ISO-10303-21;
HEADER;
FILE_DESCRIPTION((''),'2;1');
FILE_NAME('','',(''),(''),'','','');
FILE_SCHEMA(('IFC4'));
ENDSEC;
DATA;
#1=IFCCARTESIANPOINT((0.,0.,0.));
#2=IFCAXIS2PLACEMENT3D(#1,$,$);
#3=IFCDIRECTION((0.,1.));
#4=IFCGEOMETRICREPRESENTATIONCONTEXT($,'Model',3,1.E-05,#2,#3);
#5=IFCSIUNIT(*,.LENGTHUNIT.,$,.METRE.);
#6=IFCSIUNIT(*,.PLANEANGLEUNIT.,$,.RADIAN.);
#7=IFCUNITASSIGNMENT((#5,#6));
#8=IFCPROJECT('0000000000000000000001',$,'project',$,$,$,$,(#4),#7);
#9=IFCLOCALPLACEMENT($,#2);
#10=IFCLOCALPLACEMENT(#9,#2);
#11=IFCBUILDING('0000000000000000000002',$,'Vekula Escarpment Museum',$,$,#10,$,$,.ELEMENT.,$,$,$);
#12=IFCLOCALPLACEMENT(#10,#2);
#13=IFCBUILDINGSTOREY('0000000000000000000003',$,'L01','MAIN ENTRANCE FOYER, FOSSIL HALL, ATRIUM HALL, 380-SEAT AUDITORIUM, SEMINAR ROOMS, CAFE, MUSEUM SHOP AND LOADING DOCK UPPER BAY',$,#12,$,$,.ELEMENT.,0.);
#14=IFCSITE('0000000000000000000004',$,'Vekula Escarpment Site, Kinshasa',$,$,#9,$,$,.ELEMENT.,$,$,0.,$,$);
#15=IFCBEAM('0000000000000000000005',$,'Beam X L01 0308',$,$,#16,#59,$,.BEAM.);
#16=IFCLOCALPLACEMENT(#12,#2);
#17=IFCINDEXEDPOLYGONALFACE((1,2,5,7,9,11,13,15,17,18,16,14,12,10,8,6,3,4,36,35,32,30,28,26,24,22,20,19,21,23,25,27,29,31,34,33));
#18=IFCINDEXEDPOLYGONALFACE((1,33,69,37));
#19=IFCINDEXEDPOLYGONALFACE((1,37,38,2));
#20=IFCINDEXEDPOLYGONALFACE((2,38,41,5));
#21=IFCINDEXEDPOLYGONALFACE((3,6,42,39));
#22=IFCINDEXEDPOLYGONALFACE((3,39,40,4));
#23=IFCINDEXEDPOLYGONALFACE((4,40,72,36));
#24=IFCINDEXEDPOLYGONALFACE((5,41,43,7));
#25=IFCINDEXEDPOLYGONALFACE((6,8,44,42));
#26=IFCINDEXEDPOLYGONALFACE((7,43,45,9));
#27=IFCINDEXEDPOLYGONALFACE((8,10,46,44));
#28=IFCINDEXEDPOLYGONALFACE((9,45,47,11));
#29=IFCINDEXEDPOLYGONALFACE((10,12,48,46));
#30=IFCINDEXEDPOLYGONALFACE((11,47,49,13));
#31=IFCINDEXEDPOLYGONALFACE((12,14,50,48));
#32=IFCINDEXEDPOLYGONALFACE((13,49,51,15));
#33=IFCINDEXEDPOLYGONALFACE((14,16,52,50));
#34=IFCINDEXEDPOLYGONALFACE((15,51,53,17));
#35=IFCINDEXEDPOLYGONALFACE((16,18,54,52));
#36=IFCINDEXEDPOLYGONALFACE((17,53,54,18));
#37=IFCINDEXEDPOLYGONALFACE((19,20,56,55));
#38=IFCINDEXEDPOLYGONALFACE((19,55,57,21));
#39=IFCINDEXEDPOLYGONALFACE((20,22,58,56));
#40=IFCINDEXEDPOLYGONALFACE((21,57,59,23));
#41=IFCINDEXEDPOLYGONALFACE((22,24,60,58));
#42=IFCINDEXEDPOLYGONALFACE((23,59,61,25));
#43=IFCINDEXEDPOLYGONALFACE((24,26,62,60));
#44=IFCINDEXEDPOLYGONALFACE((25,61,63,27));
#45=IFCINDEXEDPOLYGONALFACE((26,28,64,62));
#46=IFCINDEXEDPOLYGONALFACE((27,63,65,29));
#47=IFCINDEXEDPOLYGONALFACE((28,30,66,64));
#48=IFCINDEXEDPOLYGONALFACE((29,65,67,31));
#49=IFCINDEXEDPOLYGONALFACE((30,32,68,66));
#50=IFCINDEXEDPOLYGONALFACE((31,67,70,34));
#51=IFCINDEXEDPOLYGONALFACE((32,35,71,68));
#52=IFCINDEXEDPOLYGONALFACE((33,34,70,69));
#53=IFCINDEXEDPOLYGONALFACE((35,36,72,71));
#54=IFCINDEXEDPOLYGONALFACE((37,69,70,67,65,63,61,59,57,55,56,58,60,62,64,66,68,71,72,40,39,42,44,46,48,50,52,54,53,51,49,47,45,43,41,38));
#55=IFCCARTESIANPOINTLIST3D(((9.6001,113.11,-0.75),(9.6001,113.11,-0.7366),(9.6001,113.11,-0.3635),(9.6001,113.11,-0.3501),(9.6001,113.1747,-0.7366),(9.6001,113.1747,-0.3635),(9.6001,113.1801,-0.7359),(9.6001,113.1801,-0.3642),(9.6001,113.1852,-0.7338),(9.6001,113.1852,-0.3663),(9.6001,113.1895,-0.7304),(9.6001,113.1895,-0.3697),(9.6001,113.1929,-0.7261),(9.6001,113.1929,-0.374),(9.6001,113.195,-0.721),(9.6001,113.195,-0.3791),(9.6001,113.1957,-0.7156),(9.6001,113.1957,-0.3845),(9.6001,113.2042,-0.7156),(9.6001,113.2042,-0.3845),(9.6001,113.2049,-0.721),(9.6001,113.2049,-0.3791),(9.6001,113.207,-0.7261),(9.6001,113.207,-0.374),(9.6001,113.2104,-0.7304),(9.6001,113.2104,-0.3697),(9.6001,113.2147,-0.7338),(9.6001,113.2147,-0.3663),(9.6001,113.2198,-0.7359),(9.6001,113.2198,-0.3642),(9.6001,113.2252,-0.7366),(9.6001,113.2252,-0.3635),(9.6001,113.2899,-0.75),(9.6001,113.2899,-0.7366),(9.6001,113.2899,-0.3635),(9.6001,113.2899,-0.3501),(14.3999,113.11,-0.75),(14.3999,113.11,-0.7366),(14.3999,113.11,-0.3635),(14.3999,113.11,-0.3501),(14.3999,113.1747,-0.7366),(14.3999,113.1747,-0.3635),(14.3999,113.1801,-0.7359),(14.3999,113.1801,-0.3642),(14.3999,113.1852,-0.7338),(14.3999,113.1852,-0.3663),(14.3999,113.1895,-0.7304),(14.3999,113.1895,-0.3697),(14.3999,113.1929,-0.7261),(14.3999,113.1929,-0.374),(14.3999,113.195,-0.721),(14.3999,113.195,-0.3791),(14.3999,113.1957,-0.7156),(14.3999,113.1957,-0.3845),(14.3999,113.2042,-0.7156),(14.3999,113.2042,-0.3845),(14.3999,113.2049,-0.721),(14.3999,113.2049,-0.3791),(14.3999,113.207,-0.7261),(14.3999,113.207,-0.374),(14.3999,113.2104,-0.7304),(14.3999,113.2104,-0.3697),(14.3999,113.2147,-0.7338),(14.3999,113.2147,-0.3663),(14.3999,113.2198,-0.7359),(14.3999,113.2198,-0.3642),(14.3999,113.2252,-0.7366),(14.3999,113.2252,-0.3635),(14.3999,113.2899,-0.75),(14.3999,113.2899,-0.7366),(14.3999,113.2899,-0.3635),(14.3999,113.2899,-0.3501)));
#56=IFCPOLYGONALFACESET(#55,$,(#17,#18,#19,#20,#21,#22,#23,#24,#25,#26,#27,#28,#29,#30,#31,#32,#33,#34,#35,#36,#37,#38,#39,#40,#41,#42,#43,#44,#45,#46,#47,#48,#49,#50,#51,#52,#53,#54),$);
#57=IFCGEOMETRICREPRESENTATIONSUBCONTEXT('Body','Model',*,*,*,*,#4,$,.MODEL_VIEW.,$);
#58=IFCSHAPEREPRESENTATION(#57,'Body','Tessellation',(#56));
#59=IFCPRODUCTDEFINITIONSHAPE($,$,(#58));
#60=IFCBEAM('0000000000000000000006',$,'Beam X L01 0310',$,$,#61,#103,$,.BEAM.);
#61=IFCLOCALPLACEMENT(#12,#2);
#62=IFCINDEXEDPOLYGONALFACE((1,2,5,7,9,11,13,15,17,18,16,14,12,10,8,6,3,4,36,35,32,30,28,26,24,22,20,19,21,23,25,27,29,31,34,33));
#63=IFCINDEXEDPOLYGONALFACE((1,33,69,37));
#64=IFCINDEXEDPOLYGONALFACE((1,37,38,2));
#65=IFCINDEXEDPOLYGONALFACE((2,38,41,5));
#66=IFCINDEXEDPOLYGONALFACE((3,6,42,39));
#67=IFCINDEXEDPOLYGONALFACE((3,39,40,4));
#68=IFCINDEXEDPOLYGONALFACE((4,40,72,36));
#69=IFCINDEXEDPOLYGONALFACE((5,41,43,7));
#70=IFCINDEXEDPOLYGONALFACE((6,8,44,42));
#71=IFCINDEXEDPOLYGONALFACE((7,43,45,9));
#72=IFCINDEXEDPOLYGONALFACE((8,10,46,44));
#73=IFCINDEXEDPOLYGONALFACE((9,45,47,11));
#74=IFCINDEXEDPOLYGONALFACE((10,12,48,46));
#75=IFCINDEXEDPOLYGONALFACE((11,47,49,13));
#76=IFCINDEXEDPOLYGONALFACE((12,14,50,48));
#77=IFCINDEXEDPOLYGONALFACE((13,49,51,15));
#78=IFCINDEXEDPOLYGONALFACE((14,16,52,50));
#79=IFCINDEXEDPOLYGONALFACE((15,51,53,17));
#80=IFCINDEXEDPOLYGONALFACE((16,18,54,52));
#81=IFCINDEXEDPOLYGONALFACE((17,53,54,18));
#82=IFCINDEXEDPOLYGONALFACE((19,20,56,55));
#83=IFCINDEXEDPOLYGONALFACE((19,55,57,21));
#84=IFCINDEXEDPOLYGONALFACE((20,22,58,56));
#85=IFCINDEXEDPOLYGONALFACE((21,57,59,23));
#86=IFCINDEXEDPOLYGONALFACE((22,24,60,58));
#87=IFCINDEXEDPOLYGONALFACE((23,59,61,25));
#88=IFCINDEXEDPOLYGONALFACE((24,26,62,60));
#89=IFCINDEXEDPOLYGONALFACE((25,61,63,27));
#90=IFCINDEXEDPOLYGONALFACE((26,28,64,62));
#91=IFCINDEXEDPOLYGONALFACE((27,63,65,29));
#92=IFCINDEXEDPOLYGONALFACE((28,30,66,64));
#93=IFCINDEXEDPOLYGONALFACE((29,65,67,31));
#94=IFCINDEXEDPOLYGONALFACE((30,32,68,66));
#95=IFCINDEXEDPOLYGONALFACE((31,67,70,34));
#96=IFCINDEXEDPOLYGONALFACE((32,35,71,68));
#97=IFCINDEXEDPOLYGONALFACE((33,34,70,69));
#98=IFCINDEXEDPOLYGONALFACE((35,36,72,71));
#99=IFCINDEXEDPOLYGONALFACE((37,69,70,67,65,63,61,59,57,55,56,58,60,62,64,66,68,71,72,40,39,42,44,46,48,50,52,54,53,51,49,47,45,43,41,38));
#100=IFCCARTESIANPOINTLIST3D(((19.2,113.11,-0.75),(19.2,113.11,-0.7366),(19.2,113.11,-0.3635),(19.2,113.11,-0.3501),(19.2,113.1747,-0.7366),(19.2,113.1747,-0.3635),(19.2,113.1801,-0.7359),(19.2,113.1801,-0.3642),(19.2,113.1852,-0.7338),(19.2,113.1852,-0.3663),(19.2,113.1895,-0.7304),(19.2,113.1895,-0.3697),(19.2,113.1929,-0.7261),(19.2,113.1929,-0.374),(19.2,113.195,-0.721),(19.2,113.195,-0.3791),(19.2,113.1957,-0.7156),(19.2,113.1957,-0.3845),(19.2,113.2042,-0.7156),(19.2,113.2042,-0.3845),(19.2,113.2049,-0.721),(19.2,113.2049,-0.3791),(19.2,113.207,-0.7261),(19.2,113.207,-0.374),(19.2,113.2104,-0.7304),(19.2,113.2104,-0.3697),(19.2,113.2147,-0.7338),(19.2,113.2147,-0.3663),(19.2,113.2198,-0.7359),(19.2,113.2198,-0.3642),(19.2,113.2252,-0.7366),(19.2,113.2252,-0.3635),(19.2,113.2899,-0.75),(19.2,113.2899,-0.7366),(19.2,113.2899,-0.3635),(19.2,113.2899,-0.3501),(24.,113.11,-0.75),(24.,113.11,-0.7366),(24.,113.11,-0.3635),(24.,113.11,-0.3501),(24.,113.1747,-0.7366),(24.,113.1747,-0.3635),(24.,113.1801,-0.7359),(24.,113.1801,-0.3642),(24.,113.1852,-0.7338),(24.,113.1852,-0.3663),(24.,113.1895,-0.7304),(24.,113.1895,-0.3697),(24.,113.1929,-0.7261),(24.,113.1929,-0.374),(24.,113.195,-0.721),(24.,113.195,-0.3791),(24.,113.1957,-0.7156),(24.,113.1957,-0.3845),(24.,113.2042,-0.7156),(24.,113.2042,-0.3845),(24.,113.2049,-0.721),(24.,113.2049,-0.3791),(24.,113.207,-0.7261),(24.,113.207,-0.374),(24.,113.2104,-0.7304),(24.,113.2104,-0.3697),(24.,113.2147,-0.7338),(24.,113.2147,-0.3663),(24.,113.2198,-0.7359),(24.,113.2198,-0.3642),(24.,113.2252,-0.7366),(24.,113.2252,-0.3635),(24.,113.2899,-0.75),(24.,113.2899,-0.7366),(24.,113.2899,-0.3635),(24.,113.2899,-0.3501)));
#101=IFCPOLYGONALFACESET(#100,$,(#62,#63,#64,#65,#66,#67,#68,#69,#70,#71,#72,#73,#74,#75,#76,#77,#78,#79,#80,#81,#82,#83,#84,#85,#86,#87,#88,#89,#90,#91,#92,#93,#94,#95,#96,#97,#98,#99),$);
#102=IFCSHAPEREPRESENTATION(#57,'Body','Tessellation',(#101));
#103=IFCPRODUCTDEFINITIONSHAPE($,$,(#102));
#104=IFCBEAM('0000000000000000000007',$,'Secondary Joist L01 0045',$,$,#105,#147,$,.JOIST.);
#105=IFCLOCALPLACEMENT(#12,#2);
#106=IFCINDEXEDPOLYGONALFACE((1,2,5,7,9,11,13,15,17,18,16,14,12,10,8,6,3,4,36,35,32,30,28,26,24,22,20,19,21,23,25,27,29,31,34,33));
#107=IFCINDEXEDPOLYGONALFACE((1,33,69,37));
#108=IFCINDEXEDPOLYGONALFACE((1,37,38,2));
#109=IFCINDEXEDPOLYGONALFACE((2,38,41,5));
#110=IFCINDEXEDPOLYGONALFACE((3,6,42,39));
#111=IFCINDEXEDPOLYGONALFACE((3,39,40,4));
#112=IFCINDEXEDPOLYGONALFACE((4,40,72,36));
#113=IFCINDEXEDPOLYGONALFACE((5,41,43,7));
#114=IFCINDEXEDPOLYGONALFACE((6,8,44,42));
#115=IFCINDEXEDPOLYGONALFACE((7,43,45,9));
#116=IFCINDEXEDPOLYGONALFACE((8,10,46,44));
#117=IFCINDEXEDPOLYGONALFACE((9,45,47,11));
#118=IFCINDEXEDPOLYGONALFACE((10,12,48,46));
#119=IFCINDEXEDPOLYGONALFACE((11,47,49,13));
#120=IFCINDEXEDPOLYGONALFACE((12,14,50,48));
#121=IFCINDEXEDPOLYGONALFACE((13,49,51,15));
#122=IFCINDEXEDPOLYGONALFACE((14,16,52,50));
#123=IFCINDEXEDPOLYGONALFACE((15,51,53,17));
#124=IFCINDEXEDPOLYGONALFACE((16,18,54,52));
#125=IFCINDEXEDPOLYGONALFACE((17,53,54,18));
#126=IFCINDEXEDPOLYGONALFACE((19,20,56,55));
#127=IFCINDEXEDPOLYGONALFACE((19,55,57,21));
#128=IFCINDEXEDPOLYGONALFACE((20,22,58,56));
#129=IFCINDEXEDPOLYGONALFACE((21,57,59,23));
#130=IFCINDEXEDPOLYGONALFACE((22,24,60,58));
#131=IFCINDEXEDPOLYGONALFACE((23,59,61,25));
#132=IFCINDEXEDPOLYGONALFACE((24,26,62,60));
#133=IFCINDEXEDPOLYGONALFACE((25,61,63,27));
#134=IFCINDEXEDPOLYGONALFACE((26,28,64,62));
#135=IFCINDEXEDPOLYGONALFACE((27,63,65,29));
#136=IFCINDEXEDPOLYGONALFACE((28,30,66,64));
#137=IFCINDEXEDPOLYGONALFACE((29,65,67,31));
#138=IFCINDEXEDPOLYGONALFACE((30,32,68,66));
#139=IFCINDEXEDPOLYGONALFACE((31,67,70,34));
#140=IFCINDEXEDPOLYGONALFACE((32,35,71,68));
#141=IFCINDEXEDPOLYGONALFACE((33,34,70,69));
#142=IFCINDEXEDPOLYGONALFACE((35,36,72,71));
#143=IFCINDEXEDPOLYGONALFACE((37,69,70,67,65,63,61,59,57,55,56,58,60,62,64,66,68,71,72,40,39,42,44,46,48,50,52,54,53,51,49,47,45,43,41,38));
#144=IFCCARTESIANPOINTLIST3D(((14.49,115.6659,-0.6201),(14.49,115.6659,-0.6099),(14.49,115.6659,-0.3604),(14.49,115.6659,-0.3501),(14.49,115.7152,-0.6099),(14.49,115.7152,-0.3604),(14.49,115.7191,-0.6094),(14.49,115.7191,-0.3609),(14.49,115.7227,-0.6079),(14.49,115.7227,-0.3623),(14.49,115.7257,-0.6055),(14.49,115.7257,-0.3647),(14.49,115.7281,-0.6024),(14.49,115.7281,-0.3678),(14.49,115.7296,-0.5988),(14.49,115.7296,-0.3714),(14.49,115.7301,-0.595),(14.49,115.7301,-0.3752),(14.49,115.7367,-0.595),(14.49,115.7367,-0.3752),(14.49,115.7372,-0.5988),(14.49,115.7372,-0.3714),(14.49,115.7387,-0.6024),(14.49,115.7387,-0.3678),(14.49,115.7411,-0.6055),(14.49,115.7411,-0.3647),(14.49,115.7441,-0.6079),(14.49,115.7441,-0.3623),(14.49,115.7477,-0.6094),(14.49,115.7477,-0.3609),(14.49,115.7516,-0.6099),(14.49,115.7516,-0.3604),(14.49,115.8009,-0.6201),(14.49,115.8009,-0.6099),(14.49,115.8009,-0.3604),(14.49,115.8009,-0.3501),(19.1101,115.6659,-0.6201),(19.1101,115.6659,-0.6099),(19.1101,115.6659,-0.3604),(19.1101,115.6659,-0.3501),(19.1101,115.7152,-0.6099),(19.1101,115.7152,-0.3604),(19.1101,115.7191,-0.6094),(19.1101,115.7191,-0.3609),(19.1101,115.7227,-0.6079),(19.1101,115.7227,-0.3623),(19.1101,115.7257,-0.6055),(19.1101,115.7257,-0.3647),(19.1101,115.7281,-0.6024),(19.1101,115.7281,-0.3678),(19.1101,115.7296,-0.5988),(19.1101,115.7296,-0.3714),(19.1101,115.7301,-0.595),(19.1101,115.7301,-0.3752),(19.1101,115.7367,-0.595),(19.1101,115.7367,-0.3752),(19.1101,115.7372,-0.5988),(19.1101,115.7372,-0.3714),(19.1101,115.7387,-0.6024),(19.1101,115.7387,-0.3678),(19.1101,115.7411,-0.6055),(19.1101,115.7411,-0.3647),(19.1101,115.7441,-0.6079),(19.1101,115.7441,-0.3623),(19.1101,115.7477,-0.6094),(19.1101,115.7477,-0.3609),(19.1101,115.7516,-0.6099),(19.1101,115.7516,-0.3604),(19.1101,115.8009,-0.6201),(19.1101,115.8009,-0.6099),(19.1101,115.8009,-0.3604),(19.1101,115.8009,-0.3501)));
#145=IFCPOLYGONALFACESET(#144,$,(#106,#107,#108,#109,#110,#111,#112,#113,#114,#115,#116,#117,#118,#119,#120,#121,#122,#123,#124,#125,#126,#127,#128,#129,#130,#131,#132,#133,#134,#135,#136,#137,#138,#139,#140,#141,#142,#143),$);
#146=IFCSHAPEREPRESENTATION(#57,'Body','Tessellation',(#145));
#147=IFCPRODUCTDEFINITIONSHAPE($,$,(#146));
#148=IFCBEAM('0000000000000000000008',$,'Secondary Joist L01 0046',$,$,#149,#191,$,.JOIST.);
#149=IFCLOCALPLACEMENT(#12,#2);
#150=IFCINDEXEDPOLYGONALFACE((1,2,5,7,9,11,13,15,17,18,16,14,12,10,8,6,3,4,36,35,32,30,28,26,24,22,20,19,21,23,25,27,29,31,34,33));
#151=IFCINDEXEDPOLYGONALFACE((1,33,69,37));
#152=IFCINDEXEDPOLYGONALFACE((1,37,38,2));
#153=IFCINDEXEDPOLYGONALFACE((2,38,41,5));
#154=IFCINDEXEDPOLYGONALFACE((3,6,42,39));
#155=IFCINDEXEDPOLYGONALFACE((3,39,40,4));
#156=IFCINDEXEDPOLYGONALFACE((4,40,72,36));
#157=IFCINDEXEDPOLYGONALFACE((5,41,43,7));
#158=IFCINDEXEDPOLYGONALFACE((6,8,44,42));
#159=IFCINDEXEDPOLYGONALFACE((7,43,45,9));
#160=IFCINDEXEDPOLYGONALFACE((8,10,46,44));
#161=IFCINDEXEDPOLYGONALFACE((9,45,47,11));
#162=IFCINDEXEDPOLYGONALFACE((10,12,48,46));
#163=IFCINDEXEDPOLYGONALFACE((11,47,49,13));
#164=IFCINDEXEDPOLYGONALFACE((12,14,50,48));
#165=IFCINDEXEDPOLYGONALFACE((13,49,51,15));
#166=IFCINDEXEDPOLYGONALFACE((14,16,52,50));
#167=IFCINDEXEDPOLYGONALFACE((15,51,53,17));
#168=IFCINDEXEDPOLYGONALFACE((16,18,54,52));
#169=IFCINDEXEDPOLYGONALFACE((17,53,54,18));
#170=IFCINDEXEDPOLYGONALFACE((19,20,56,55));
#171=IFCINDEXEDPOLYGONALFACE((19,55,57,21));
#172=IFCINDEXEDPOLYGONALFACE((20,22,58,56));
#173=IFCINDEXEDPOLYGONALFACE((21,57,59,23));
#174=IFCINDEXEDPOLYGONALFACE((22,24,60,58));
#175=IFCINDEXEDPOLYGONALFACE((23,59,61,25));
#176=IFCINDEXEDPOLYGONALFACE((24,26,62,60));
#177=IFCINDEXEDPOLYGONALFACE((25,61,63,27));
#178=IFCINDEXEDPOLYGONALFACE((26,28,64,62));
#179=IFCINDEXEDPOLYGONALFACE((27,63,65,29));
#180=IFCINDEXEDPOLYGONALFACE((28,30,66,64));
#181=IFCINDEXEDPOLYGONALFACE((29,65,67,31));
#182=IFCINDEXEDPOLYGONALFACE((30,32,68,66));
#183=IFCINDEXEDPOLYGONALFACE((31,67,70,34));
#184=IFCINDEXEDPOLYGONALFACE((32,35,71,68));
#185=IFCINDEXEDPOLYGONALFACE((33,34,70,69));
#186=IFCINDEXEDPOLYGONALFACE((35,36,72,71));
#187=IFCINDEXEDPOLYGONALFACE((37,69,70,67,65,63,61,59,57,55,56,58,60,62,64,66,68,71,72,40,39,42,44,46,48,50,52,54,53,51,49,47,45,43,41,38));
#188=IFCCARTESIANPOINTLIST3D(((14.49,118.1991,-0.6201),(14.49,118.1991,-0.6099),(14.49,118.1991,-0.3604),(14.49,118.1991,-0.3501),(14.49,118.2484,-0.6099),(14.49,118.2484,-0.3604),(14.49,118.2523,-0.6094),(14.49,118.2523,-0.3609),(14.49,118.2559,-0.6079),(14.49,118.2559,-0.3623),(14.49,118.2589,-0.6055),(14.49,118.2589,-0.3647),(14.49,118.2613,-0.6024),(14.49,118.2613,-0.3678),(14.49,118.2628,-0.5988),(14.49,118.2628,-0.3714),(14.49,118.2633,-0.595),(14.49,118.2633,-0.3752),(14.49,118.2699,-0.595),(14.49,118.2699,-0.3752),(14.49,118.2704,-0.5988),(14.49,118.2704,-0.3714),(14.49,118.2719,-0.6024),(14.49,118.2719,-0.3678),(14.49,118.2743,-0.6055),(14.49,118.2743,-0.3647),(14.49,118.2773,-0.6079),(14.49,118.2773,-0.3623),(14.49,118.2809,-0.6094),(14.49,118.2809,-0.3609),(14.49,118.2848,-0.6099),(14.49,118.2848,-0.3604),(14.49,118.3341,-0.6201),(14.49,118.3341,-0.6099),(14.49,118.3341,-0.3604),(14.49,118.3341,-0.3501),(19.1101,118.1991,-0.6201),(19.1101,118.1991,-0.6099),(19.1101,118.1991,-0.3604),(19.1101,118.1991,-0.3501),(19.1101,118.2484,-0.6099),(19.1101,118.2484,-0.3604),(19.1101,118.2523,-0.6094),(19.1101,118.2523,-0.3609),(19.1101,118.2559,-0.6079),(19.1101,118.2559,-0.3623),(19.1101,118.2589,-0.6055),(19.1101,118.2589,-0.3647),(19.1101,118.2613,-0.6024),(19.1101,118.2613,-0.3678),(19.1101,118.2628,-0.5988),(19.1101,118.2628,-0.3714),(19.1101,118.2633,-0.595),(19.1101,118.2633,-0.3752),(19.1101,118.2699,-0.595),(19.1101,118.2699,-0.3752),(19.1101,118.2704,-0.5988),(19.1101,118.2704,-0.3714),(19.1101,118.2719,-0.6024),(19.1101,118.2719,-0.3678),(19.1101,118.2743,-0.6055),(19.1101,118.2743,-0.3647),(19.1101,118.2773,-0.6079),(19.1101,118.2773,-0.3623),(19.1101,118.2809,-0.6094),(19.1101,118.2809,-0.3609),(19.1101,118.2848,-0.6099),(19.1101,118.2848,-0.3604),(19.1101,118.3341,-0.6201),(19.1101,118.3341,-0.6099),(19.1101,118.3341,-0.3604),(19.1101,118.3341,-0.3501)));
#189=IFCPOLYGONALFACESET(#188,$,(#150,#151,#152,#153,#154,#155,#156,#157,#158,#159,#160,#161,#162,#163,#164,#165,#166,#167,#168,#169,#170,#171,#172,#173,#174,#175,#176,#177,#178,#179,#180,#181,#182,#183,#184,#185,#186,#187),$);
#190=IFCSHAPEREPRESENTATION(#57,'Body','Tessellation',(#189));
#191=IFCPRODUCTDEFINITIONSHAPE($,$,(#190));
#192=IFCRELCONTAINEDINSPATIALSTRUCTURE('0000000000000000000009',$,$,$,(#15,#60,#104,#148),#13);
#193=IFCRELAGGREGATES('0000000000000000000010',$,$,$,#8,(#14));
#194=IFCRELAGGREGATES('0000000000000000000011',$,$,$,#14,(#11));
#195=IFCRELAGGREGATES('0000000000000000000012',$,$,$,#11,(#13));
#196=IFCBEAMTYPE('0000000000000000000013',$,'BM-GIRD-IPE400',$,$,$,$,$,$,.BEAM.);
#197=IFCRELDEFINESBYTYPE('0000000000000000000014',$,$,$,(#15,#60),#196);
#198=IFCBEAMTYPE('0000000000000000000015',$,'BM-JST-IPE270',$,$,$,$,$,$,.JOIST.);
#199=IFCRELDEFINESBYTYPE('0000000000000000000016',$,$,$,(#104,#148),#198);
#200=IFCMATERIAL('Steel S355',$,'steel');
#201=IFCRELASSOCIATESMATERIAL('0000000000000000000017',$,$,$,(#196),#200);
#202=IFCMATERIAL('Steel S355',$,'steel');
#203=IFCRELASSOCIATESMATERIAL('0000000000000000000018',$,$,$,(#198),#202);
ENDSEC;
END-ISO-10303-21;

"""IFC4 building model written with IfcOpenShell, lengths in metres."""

from ifc_helpers import new_model, si_unit, direction, frame, origin, origin_2d, place, context, subcontext, project, spatial, i_section, extrude, material, material_profile, profile_set, type_object, element, save


model = new_model("IFC4")

# Units and contexts
model_context = context("Model", 3, precision=1e-05, world=origin(), true_north=direction((0.0, 1.0)))
body_context = subcontext(model_context, "Body", "Model", "MODEL_VIEW")
ifc_project = project(units=[si_unit("LENGTHUNIT", "METRE"), si_unit("PLANEANGLEUNIT", "RADIAN")], contexts=[model_context])

# Site, building, storey
site_placement = place(None, origin())
site = spatial("IfcSite", under=ifc_project, at=site_placement, Name="Vekula Escarpment Site, Kinshasa", CompositionType="ELEMENT", RefElevation=0.0)
building_placement = place(site_placement, origin())
building = spatial("IfcBuilding", under=site, at=building_placement, Name="Vekula Escarpment Museum", CompositionType="ELEMENT")
storey_placement = place(building_placement, origin())
storey = spatial("IfcBuildingStorey", under=building, at=storey_placement, Name="L01", Description="MAIN ENTRANCE FOYER, FOSSIL HALL, ATRIUM HALL, 380-SEAT AUDITORIUM, SEMINAR ROOMS, CAFE, MUSEUM SHOP AND LOADING DOCK UPPER BAY", CompositionType="ELEMENT", Elevation=0.0)

# Beams
ifc_material_1 = material(Name="Steel S355", Category="steel")
ifc_material_profile_1 = material_profile(ifc_material_1, i_section(OverallWidth=0.1799, OverallDepth=0.3999, WebThickness=0.0085, FlangeThickness=0.0134, FilletRadius=0.021, at=origin_2d()), Name="IPE 400")
ifc_profile_set_1 = profile_set([ifc_material_profile_1], Name="Steel S355")
beam_type_1 = type_object("IfcBeamType", Name="BM-GIRD-IPE400", PredefinedType="BEAM", material=ifc_profile_set_1)
beam_1_placement = place(storey_placement, frame((9.6001, 113.2, -0.55), z_axis=(1.0, 0.0, 0.0), x_axis=(0.0, 1.0, 0.0)))
element("IfcBeam", 1, at=beam_1_placement, inside=storey, type_object=beam_type_1, Name="Beam X L01 0308", PredefinedType="BEAM", context=body_context, shape_type="SweptSolid", body=[
    extrude(i_section(OverallWidth=0.1799, OverallDepth=0.3999, WebThickness=0.0085, FlangeThickness=0.0134, FilletRadius=0.021, at=origin_2d()), origin(), (0.0, 0.0, 1.0), 4.7998),
])
beam_2_placement = place(storey_placement, frame((19.2, 113.2, -0.55), z_axis=(1.0, 0.0, 0.0), x_axis=(0.0, 1.0, 0.0)))
element("IfcBeam", 2, at=beam_2_placement, inside=storey, type_object=beam_type_1, Name="Beam X L01 0310", PredefinedType="BEAM", context=body_context, shape_type="SweptSolid", body=[
    extrude(i_section(OverallWidth=0.1799, OverallDepth=0.3999, WebThickness=0.0085, FlangeThickness=0.0134, FilletRadius=0.021, at=origin_2d()), origin(), (0.0, 0.0, 1.0), 4.8),
])
ifc_material_2 = material(Name="Steel S355", Category="steel")
ifc_material_profile_2 = material_profile(ifc_material_2, i_section(OverallWidth=0.135, OverallDepth=0.27, WebThickness=0.0066, FlangeThickness=0.0103, FilletRadius=0.0149, at=origin_2d()), Name="IPE 270")
ifc_profile_set_2 = profile_set([ifc_material_profile_2], Name="Steel S355")
beam_type_2 = type_object("IfcBeamType", Name="BM-JST-IPE270", PredefinedType="JOIST", material=ifc_profile_set_2)
for number, where, z_axis, x_axis, name in (
    (3, (14.49, 115.7334, -0.4851), (1.0, 0.0, 0.0), (0.0, 1.0, 0.0), "Secondary Joist L01 0045"),
    (4, (14.49, 118.2666, -0.4851), (1.0, 0.0, 0.0), (0.0, 1.0, 0.0), "Secondary Joist L01 0046"),
):
    element("IfcBeam", number, at=place(storey_placement, frame(where, z_axis=z_axis, x_axis=x_axis)), inside=storey, type_object=beam_type_2, Name=name, PredefinedType="JOIST", context=body_context, shape_type="SweptSolid", body=[
        extrude(i_section(OverallWidth=0.135, OverallDepth=0.27, WebThickness=0.0066, FlangeThickness=0.0103, FilletRadius=0.0149, at=origin_2d()), origin(), (0.0, 0.0, 1.0), 4.6201),
    ])

save(model, "model.ifc")
